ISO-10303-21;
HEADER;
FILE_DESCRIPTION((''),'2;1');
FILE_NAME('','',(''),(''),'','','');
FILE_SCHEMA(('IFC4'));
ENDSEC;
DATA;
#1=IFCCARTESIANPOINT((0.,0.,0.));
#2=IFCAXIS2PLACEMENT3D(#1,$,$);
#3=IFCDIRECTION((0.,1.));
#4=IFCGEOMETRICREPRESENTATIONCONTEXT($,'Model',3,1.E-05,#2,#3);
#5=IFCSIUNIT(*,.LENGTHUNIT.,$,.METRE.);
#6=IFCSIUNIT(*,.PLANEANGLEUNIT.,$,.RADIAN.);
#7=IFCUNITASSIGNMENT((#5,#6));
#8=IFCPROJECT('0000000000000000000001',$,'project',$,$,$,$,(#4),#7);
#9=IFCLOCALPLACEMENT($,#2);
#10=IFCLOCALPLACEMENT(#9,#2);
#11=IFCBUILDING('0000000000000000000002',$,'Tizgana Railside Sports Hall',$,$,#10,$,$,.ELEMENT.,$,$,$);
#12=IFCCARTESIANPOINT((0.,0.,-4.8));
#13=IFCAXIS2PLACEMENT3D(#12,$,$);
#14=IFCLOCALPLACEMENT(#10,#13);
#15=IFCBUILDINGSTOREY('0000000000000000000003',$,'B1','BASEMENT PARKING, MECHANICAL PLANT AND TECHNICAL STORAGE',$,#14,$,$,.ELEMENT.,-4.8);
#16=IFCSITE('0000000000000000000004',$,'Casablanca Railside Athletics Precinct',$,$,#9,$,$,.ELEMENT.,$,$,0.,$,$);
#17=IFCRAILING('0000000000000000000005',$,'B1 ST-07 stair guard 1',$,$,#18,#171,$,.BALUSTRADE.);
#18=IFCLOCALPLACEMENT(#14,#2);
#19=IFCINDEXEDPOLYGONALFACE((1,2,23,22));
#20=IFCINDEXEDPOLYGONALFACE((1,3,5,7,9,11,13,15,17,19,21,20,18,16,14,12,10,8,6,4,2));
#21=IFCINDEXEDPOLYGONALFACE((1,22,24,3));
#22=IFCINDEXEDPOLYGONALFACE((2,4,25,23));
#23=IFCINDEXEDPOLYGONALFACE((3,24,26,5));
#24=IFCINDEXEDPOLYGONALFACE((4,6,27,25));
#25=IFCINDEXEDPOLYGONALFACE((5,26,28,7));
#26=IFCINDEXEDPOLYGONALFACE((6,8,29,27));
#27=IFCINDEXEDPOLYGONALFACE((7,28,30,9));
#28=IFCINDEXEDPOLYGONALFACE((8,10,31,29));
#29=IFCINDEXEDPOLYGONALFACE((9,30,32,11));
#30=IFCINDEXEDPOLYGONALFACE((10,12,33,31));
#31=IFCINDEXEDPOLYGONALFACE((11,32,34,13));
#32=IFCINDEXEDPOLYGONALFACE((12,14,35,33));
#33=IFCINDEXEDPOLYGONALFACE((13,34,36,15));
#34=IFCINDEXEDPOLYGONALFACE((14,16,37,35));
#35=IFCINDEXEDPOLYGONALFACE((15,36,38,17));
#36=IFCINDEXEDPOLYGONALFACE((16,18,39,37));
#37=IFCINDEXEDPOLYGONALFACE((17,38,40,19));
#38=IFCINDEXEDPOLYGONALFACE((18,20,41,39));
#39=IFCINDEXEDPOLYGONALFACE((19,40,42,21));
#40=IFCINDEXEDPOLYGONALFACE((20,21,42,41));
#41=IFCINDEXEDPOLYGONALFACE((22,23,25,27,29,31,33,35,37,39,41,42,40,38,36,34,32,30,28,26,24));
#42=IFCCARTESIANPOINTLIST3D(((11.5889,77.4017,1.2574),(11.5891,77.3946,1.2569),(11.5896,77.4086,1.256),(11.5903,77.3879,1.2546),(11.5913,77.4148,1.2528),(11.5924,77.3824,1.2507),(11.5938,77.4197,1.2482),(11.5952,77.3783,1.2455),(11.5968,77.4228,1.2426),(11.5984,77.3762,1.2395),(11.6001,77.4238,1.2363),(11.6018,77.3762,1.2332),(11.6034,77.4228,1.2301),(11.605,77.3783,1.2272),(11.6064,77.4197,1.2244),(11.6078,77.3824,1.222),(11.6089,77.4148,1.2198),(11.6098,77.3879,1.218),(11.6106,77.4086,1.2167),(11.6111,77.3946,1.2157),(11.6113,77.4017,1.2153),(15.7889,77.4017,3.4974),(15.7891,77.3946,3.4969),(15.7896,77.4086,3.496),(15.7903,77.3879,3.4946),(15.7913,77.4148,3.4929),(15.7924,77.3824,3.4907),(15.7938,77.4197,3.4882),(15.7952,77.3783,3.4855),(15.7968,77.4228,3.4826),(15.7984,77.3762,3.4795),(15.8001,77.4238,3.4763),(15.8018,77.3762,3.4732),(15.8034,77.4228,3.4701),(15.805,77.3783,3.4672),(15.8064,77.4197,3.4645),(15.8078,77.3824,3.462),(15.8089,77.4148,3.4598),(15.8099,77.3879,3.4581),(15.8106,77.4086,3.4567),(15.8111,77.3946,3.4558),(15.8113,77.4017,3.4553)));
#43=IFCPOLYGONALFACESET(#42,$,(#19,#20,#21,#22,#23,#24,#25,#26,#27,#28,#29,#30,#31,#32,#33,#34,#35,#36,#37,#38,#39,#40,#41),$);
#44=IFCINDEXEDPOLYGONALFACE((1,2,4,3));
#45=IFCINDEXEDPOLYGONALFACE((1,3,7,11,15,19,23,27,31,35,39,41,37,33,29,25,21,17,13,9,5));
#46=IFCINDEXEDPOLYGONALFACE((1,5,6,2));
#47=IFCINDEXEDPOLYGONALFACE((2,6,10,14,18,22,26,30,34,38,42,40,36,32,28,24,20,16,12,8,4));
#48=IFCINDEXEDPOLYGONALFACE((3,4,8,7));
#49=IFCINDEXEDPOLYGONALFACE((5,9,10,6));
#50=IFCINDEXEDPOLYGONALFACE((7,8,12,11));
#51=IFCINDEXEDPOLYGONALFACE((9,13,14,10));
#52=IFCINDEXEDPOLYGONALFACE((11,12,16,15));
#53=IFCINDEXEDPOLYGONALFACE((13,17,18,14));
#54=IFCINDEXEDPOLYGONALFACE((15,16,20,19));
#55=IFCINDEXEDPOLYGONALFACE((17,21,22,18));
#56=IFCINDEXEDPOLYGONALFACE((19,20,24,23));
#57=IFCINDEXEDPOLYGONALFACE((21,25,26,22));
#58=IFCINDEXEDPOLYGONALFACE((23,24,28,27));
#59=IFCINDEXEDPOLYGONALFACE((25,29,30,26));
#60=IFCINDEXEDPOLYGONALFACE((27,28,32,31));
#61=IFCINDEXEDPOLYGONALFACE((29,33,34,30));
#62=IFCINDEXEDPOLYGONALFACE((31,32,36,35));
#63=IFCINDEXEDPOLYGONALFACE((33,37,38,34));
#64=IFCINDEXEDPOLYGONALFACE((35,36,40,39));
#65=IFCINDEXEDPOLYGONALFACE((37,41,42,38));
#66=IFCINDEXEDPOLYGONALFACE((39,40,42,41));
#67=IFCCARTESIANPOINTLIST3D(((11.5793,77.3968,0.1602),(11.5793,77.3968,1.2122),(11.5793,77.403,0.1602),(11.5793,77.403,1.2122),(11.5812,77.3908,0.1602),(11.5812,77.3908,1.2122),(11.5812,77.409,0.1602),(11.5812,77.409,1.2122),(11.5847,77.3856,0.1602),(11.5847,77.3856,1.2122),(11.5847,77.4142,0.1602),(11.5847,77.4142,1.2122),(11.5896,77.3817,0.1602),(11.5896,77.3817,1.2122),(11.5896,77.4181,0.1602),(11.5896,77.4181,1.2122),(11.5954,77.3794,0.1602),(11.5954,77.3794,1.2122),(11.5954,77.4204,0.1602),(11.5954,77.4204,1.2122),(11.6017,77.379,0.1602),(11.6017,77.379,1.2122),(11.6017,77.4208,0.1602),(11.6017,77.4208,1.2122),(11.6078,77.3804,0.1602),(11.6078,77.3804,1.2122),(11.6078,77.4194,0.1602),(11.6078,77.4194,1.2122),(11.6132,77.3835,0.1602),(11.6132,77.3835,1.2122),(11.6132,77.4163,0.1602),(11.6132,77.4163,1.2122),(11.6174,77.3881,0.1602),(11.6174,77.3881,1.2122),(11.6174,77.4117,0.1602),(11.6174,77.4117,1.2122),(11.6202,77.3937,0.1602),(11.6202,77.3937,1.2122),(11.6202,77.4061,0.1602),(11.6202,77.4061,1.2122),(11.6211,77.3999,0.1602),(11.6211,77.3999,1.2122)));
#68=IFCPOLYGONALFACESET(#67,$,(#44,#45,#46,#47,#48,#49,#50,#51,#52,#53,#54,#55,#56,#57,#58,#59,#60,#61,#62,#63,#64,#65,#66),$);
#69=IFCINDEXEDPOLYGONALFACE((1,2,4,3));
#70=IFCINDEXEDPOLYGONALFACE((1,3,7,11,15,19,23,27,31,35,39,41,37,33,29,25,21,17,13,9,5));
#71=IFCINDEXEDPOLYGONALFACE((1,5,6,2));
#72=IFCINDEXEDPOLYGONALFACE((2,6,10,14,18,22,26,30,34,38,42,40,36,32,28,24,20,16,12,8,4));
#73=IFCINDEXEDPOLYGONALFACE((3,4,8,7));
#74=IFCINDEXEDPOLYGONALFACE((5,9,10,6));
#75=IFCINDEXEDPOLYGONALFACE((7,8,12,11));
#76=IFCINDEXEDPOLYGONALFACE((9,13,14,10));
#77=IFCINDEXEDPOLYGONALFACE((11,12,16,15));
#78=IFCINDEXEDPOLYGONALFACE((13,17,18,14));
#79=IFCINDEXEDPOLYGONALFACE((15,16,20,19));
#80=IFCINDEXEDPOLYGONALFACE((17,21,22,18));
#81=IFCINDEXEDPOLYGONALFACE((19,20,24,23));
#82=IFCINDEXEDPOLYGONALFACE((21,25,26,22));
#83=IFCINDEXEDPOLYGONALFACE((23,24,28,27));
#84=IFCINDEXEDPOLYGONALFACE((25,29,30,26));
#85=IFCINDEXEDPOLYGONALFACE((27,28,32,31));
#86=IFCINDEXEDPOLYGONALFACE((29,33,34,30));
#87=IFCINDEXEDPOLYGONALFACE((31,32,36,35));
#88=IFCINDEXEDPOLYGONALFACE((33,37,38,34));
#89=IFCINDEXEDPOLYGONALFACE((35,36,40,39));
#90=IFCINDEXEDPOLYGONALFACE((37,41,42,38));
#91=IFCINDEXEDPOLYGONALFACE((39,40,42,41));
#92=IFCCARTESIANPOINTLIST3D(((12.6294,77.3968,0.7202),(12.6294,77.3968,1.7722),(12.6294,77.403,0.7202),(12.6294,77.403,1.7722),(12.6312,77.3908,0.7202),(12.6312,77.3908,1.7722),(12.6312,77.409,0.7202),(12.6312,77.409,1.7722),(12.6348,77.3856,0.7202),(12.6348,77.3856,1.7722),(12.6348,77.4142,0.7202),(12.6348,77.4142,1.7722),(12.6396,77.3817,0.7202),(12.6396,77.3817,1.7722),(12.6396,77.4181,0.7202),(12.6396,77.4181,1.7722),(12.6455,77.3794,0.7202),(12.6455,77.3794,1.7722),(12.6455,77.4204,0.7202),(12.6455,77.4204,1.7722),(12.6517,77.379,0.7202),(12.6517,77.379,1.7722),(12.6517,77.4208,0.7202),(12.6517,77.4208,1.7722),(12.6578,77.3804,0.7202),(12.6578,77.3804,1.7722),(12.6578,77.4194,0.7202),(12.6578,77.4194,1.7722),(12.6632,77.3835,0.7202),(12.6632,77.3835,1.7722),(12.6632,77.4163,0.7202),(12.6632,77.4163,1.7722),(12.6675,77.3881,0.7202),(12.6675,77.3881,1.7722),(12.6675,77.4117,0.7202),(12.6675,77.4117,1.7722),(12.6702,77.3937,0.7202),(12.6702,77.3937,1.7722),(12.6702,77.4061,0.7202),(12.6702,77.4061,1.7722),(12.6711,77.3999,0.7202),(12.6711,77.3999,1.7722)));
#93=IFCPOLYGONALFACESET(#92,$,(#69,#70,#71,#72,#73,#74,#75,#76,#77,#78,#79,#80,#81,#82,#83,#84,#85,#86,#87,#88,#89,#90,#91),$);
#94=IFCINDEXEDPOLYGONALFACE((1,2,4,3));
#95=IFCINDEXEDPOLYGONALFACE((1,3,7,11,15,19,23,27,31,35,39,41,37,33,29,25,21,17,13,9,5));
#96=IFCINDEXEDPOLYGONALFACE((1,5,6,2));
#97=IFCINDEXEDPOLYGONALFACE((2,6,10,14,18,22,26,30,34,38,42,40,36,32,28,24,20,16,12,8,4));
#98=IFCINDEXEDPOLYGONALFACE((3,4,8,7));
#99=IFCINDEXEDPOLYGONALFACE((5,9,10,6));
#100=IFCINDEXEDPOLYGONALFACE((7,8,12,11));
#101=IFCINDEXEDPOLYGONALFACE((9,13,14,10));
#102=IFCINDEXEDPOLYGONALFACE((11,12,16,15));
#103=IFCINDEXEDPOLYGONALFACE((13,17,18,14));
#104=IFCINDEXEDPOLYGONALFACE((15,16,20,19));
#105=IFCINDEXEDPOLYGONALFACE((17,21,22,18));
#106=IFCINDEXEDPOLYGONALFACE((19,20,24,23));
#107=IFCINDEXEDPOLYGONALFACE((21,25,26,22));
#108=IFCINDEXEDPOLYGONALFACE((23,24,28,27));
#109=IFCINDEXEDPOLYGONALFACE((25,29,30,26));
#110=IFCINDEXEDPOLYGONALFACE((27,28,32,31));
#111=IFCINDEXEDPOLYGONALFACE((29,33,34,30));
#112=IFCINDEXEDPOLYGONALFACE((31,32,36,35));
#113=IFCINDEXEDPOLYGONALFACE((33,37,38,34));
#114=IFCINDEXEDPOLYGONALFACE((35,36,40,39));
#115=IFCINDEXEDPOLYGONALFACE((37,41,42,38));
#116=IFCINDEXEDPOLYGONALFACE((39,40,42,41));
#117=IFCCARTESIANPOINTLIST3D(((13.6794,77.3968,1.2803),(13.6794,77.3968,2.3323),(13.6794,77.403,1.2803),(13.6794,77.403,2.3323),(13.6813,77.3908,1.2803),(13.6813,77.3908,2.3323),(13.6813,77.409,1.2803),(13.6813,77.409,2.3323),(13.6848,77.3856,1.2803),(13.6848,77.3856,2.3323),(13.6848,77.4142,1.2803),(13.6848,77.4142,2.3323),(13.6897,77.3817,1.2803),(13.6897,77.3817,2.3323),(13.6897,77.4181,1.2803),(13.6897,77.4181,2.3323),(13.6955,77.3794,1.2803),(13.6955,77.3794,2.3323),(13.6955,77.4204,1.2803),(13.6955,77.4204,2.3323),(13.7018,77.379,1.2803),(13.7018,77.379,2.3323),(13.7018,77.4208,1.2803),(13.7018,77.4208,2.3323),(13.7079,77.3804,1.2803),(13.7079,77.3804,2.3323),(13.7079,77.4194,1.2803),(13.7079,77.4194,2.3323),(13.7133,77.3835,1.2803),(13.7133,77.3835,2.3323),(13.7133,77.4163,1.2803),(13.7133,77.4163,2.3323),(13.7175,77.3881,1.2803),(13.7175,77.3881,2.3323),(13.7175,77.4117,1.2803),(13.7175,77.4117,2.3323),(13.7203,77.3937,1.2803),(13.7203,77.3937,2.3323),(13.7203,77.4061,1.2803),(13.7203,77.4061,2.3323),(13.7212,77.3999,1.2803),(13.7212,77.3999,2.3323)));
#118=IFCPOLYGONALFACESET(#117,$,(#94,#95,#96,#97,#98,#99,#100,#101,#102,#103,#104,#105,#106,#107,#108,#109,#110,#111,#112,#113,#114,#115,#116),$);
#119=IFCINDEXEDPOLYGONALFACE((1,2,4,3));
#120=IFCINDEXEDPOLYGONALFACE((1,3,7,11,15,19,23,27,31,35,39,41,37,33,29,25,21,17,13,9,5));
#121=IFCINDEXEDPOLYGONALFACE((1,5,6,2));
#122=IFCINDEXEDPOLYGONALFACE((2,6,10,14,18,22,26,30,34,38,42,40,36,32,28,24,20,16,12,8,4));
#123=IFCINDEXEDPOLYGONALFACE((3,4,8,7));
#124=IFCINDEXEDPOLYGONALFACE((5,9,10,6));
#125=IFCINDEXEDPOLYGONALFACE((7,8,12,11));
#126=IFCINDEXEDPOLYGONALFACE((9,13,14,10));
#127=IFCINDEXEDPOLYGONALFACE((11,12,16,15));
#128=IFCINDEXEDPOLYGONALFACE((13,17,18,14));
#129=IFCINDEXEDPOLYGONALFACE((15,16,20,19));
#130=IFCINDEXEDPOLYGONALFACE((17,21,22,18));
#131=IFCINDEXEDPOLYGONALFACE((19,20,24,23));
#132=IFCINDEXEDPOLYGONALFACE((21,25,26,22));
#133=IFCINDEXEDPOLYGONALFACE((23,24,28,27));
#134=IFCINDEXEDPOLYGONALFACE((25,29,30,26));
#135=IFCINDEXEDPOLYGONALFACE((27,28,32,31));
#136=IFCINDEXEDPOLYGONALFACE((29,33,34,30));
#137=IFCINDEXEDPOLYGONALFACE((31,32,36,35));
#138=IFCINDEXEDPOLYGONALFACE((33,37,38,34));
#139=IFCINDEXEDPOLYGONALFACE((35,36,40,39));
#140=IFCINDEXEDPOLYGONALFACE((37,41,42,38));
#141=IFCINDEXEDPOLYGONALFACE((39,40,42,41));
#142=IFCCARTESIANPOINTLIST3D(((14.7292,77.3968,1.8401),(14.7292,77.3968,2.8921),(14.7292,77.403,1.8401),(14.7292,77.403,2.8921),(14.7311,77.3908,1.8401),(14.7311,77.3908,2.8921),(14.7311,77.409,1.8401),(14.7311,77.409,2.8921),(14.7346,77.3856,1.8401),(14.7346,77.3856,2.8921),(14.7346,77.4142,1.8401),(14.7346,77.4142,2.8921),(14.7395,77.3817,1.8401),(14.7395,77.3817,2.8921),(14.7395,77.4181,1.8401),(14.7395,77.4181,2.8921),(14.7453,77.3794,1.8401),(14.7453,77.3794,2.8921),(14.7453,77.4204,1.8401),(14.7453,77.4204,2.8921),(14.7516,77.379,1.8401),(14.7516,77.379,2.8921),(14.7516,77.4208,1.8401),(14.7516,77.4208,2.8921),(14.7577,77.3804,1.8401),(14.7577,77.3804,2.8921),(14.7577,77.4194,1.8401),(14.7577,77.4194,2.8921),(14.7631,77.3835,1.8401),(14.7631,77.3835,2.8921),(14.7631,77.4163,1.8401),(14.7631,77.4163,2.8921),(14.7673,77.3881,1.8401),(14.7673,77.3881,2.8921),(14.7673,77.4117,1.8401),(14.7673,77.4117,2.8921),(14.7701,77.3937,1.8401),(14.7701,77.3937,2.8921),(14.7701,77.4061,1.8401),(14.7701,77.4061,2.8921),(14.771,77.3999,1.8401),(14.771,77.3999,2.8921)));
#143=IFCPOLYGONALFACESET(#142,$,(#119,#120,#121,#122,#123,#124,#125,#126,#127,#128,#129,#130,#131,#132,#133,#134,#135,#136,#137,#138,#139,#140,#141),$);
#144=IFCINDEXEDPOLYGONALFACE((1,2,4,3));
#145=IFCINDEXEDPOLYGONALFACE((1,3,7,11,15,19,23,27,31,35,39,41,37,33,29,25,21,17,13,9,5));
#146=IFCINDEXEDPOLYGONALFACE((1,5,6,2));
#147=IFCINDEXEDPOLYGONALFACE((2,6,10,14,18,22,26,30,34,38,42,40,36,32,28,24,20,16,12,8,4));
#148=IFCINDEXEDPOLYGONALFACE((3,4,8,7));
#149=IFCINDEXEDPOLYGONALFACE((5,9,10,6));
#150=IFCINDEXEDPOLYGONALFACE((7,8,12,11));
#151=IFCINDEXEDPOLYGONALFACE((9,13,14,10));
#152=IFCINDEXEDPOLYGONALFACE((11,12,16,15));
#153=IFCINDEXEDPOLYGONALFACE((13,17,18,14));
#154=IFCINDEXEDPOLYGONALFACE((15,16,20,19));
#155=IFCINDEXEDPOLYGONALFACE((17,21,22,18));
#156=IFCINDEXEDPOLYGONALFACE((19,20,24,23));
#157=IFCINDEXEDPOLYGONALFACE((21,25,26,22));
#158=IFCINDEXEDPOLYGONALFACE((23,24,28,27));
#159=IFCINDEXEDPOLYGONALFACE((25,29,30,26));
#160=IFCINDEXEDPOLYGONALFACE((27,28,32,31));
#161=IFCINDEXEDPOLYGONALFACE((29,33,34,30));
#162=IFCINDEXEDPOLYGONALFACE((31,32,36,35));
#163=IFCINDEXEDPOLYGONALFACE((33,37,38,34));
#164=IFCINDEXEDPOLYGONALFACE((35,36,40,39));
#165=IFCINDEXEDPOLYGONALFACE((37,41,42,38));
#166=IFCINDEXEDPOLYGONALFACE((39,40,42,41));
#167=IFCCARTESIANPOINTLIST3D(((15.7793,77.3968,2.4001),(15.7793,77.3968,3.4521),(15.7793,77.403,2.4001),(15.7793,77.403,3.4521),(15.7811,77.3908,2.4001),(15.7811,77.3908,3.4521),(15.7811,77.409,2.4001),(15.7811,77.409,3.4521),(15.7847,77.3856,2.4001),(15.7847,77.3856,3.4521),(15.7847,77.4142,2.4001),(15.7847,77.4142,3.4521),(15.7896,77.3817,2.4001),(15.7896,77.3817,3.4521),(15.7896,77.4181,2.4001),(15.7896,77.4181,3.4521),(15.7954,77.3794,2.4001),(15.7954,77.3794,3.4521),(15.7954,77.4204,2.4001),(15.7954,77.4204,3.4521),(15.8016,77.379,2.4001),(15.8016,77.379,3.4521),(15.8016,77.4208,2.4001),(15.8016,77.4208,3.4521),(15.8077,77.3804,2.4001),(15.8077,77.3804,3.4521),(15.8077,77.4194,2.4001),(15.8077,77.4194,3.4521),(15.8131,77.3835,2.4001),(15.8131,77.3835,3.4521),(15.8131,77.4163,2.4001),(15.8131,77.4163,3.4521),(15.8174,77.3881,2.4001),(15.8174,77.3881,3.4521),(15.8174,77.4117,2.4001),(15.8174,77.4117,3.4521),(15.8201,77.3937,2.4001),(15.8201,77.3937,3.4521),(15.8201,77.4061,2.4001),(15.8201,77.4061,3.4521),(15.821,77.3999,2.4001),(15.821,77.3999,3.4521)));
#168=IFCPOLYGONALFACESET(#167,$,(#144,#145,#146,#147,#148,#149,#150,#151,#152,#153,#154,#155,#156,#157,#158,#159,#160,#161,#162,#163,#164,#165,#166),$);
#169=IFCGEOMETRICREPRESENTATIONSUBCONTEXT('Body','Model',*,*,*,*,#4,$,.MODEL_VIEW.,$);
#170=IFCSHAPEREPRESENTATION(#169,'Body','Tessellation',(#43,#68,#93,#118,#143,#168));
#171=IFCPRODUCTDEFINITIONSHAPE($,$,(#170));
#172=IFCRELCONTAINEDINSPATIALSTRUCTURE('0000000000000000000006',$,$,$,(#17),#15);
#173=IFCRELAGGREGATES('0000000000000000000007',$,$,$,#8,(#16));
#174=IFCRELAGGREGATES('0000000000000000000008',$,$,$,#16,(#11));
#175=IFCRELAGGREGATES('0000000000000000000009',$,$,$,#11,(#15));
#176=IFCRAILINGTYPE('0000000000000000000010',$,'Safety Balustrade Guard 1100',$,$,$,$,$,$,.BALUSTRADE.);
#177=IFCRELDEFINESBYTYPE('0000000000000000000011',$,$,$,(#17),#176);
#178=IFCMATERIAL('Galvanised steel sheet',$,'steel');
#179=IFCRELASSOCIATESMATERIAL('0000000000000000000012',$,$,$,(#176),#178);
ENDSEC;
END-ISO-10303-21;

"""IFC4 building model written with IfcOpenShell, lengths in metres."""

from ifc_helpers import new_model, si_unit, direction, frame, origin, origin_2d, place, context, subcontext, project, spatial, circle, extrude, material, type_object, element, save


model = new_model("IFC4")

# Units and contexts
model_context = context("Model", 3, precision=1e-05, world=origin(), true_north=direction((0.0, 1.0)))
body_context = subcontext(model_context, "Body", "Model", "MODEL_VIEW")
ifc_project = project(units=[si_unit("LENGTHUNIT", "METRE"), si_unit("PLANEANGLEUNIT", "RADIAN")], contexts=[model_context])

# Site, building, storey
site_placement = place(None, origin())
site = spatial("IfcSite", under=ifc_project, at=site_placement, Name="Casablanca Railside Athletics Precinct", CompositionType="ELEMENT", RefElevation=0.0)
building_placement = place(site_placement, origin())
building = spatial("IfcBuilding", under=site, at=building_placement, Name="Tizgana Railside Sports Hall", CompositionType="ELEMENT")
storey_placement = place(building_placement, frame((0.0, 0.0, -4.8)))
storey = spatial("IfcBuildingStorey", under=building, at=storey_placement, Name="B1", Description="BASEMENT PARKING, MECHANICAL PLANT AND TECHNICAL STORAGE", CompositionType="ELEMENT", Elevation=-4.8)

# Railing
ifc_material_1 = material(Name="Galvanised steel sheet", Category="steel")
railing_type_1 = type_object("IfcRailingType", Name="Safety Balustrade Guard 1100", PredefinedType="BALUSTRADE", material=ifc_material_1)
railing_1_placement = place(storey_placement, frame((11.6001, 77.3999, 0.1602)))
element("IfcRailing", 1, at=railing_1_placement, inside=storey, type_object=railing_type_1, Name="B1 ST-07 stair guard 1", PredefinedType="BALUSTRADE", context=body_context, shape_type="SweptSolid", body=[
    extrude(circle(Radius=0.0239, at=origin_2d()), frame((0.0, 0.0, 1.0762), z_axis=(0.882352, 0.0, 0.470591), x_axis=(0.0, 1.0, 0.0)), (0.0, 0.0, 1.0), 4.76),
    extrude(circle(Radius=0.021, at=origin_2d()), origin(), (0.0, 0.0, 1.0), 1.052),
    extrude(circle(Radius=0.021, at=origin_2d()), frame((1.05, 0.0, 0.5601)), (0.0, 0.0, 1.0), 1.052),
    extrude(circle(Radius=0.021, at=origin_2d()), frame((2.1001, 0.0, 1.1201)), (0.0, 0.0, 1.0), 1.052),
    extrude(circle(Radius=0.021, at=origin_2d()), frame((3.1499, 0.0, 1.6799)), (0.0, 0.0, 1.0), 1.052),
    extrude(circle(Radius=0.021, at=origin_2d()), frame((4.2, 0.0, 2.24)), (0.0, 0.0, 1.0), 1.052),
])

save(model, "model.ifc")
